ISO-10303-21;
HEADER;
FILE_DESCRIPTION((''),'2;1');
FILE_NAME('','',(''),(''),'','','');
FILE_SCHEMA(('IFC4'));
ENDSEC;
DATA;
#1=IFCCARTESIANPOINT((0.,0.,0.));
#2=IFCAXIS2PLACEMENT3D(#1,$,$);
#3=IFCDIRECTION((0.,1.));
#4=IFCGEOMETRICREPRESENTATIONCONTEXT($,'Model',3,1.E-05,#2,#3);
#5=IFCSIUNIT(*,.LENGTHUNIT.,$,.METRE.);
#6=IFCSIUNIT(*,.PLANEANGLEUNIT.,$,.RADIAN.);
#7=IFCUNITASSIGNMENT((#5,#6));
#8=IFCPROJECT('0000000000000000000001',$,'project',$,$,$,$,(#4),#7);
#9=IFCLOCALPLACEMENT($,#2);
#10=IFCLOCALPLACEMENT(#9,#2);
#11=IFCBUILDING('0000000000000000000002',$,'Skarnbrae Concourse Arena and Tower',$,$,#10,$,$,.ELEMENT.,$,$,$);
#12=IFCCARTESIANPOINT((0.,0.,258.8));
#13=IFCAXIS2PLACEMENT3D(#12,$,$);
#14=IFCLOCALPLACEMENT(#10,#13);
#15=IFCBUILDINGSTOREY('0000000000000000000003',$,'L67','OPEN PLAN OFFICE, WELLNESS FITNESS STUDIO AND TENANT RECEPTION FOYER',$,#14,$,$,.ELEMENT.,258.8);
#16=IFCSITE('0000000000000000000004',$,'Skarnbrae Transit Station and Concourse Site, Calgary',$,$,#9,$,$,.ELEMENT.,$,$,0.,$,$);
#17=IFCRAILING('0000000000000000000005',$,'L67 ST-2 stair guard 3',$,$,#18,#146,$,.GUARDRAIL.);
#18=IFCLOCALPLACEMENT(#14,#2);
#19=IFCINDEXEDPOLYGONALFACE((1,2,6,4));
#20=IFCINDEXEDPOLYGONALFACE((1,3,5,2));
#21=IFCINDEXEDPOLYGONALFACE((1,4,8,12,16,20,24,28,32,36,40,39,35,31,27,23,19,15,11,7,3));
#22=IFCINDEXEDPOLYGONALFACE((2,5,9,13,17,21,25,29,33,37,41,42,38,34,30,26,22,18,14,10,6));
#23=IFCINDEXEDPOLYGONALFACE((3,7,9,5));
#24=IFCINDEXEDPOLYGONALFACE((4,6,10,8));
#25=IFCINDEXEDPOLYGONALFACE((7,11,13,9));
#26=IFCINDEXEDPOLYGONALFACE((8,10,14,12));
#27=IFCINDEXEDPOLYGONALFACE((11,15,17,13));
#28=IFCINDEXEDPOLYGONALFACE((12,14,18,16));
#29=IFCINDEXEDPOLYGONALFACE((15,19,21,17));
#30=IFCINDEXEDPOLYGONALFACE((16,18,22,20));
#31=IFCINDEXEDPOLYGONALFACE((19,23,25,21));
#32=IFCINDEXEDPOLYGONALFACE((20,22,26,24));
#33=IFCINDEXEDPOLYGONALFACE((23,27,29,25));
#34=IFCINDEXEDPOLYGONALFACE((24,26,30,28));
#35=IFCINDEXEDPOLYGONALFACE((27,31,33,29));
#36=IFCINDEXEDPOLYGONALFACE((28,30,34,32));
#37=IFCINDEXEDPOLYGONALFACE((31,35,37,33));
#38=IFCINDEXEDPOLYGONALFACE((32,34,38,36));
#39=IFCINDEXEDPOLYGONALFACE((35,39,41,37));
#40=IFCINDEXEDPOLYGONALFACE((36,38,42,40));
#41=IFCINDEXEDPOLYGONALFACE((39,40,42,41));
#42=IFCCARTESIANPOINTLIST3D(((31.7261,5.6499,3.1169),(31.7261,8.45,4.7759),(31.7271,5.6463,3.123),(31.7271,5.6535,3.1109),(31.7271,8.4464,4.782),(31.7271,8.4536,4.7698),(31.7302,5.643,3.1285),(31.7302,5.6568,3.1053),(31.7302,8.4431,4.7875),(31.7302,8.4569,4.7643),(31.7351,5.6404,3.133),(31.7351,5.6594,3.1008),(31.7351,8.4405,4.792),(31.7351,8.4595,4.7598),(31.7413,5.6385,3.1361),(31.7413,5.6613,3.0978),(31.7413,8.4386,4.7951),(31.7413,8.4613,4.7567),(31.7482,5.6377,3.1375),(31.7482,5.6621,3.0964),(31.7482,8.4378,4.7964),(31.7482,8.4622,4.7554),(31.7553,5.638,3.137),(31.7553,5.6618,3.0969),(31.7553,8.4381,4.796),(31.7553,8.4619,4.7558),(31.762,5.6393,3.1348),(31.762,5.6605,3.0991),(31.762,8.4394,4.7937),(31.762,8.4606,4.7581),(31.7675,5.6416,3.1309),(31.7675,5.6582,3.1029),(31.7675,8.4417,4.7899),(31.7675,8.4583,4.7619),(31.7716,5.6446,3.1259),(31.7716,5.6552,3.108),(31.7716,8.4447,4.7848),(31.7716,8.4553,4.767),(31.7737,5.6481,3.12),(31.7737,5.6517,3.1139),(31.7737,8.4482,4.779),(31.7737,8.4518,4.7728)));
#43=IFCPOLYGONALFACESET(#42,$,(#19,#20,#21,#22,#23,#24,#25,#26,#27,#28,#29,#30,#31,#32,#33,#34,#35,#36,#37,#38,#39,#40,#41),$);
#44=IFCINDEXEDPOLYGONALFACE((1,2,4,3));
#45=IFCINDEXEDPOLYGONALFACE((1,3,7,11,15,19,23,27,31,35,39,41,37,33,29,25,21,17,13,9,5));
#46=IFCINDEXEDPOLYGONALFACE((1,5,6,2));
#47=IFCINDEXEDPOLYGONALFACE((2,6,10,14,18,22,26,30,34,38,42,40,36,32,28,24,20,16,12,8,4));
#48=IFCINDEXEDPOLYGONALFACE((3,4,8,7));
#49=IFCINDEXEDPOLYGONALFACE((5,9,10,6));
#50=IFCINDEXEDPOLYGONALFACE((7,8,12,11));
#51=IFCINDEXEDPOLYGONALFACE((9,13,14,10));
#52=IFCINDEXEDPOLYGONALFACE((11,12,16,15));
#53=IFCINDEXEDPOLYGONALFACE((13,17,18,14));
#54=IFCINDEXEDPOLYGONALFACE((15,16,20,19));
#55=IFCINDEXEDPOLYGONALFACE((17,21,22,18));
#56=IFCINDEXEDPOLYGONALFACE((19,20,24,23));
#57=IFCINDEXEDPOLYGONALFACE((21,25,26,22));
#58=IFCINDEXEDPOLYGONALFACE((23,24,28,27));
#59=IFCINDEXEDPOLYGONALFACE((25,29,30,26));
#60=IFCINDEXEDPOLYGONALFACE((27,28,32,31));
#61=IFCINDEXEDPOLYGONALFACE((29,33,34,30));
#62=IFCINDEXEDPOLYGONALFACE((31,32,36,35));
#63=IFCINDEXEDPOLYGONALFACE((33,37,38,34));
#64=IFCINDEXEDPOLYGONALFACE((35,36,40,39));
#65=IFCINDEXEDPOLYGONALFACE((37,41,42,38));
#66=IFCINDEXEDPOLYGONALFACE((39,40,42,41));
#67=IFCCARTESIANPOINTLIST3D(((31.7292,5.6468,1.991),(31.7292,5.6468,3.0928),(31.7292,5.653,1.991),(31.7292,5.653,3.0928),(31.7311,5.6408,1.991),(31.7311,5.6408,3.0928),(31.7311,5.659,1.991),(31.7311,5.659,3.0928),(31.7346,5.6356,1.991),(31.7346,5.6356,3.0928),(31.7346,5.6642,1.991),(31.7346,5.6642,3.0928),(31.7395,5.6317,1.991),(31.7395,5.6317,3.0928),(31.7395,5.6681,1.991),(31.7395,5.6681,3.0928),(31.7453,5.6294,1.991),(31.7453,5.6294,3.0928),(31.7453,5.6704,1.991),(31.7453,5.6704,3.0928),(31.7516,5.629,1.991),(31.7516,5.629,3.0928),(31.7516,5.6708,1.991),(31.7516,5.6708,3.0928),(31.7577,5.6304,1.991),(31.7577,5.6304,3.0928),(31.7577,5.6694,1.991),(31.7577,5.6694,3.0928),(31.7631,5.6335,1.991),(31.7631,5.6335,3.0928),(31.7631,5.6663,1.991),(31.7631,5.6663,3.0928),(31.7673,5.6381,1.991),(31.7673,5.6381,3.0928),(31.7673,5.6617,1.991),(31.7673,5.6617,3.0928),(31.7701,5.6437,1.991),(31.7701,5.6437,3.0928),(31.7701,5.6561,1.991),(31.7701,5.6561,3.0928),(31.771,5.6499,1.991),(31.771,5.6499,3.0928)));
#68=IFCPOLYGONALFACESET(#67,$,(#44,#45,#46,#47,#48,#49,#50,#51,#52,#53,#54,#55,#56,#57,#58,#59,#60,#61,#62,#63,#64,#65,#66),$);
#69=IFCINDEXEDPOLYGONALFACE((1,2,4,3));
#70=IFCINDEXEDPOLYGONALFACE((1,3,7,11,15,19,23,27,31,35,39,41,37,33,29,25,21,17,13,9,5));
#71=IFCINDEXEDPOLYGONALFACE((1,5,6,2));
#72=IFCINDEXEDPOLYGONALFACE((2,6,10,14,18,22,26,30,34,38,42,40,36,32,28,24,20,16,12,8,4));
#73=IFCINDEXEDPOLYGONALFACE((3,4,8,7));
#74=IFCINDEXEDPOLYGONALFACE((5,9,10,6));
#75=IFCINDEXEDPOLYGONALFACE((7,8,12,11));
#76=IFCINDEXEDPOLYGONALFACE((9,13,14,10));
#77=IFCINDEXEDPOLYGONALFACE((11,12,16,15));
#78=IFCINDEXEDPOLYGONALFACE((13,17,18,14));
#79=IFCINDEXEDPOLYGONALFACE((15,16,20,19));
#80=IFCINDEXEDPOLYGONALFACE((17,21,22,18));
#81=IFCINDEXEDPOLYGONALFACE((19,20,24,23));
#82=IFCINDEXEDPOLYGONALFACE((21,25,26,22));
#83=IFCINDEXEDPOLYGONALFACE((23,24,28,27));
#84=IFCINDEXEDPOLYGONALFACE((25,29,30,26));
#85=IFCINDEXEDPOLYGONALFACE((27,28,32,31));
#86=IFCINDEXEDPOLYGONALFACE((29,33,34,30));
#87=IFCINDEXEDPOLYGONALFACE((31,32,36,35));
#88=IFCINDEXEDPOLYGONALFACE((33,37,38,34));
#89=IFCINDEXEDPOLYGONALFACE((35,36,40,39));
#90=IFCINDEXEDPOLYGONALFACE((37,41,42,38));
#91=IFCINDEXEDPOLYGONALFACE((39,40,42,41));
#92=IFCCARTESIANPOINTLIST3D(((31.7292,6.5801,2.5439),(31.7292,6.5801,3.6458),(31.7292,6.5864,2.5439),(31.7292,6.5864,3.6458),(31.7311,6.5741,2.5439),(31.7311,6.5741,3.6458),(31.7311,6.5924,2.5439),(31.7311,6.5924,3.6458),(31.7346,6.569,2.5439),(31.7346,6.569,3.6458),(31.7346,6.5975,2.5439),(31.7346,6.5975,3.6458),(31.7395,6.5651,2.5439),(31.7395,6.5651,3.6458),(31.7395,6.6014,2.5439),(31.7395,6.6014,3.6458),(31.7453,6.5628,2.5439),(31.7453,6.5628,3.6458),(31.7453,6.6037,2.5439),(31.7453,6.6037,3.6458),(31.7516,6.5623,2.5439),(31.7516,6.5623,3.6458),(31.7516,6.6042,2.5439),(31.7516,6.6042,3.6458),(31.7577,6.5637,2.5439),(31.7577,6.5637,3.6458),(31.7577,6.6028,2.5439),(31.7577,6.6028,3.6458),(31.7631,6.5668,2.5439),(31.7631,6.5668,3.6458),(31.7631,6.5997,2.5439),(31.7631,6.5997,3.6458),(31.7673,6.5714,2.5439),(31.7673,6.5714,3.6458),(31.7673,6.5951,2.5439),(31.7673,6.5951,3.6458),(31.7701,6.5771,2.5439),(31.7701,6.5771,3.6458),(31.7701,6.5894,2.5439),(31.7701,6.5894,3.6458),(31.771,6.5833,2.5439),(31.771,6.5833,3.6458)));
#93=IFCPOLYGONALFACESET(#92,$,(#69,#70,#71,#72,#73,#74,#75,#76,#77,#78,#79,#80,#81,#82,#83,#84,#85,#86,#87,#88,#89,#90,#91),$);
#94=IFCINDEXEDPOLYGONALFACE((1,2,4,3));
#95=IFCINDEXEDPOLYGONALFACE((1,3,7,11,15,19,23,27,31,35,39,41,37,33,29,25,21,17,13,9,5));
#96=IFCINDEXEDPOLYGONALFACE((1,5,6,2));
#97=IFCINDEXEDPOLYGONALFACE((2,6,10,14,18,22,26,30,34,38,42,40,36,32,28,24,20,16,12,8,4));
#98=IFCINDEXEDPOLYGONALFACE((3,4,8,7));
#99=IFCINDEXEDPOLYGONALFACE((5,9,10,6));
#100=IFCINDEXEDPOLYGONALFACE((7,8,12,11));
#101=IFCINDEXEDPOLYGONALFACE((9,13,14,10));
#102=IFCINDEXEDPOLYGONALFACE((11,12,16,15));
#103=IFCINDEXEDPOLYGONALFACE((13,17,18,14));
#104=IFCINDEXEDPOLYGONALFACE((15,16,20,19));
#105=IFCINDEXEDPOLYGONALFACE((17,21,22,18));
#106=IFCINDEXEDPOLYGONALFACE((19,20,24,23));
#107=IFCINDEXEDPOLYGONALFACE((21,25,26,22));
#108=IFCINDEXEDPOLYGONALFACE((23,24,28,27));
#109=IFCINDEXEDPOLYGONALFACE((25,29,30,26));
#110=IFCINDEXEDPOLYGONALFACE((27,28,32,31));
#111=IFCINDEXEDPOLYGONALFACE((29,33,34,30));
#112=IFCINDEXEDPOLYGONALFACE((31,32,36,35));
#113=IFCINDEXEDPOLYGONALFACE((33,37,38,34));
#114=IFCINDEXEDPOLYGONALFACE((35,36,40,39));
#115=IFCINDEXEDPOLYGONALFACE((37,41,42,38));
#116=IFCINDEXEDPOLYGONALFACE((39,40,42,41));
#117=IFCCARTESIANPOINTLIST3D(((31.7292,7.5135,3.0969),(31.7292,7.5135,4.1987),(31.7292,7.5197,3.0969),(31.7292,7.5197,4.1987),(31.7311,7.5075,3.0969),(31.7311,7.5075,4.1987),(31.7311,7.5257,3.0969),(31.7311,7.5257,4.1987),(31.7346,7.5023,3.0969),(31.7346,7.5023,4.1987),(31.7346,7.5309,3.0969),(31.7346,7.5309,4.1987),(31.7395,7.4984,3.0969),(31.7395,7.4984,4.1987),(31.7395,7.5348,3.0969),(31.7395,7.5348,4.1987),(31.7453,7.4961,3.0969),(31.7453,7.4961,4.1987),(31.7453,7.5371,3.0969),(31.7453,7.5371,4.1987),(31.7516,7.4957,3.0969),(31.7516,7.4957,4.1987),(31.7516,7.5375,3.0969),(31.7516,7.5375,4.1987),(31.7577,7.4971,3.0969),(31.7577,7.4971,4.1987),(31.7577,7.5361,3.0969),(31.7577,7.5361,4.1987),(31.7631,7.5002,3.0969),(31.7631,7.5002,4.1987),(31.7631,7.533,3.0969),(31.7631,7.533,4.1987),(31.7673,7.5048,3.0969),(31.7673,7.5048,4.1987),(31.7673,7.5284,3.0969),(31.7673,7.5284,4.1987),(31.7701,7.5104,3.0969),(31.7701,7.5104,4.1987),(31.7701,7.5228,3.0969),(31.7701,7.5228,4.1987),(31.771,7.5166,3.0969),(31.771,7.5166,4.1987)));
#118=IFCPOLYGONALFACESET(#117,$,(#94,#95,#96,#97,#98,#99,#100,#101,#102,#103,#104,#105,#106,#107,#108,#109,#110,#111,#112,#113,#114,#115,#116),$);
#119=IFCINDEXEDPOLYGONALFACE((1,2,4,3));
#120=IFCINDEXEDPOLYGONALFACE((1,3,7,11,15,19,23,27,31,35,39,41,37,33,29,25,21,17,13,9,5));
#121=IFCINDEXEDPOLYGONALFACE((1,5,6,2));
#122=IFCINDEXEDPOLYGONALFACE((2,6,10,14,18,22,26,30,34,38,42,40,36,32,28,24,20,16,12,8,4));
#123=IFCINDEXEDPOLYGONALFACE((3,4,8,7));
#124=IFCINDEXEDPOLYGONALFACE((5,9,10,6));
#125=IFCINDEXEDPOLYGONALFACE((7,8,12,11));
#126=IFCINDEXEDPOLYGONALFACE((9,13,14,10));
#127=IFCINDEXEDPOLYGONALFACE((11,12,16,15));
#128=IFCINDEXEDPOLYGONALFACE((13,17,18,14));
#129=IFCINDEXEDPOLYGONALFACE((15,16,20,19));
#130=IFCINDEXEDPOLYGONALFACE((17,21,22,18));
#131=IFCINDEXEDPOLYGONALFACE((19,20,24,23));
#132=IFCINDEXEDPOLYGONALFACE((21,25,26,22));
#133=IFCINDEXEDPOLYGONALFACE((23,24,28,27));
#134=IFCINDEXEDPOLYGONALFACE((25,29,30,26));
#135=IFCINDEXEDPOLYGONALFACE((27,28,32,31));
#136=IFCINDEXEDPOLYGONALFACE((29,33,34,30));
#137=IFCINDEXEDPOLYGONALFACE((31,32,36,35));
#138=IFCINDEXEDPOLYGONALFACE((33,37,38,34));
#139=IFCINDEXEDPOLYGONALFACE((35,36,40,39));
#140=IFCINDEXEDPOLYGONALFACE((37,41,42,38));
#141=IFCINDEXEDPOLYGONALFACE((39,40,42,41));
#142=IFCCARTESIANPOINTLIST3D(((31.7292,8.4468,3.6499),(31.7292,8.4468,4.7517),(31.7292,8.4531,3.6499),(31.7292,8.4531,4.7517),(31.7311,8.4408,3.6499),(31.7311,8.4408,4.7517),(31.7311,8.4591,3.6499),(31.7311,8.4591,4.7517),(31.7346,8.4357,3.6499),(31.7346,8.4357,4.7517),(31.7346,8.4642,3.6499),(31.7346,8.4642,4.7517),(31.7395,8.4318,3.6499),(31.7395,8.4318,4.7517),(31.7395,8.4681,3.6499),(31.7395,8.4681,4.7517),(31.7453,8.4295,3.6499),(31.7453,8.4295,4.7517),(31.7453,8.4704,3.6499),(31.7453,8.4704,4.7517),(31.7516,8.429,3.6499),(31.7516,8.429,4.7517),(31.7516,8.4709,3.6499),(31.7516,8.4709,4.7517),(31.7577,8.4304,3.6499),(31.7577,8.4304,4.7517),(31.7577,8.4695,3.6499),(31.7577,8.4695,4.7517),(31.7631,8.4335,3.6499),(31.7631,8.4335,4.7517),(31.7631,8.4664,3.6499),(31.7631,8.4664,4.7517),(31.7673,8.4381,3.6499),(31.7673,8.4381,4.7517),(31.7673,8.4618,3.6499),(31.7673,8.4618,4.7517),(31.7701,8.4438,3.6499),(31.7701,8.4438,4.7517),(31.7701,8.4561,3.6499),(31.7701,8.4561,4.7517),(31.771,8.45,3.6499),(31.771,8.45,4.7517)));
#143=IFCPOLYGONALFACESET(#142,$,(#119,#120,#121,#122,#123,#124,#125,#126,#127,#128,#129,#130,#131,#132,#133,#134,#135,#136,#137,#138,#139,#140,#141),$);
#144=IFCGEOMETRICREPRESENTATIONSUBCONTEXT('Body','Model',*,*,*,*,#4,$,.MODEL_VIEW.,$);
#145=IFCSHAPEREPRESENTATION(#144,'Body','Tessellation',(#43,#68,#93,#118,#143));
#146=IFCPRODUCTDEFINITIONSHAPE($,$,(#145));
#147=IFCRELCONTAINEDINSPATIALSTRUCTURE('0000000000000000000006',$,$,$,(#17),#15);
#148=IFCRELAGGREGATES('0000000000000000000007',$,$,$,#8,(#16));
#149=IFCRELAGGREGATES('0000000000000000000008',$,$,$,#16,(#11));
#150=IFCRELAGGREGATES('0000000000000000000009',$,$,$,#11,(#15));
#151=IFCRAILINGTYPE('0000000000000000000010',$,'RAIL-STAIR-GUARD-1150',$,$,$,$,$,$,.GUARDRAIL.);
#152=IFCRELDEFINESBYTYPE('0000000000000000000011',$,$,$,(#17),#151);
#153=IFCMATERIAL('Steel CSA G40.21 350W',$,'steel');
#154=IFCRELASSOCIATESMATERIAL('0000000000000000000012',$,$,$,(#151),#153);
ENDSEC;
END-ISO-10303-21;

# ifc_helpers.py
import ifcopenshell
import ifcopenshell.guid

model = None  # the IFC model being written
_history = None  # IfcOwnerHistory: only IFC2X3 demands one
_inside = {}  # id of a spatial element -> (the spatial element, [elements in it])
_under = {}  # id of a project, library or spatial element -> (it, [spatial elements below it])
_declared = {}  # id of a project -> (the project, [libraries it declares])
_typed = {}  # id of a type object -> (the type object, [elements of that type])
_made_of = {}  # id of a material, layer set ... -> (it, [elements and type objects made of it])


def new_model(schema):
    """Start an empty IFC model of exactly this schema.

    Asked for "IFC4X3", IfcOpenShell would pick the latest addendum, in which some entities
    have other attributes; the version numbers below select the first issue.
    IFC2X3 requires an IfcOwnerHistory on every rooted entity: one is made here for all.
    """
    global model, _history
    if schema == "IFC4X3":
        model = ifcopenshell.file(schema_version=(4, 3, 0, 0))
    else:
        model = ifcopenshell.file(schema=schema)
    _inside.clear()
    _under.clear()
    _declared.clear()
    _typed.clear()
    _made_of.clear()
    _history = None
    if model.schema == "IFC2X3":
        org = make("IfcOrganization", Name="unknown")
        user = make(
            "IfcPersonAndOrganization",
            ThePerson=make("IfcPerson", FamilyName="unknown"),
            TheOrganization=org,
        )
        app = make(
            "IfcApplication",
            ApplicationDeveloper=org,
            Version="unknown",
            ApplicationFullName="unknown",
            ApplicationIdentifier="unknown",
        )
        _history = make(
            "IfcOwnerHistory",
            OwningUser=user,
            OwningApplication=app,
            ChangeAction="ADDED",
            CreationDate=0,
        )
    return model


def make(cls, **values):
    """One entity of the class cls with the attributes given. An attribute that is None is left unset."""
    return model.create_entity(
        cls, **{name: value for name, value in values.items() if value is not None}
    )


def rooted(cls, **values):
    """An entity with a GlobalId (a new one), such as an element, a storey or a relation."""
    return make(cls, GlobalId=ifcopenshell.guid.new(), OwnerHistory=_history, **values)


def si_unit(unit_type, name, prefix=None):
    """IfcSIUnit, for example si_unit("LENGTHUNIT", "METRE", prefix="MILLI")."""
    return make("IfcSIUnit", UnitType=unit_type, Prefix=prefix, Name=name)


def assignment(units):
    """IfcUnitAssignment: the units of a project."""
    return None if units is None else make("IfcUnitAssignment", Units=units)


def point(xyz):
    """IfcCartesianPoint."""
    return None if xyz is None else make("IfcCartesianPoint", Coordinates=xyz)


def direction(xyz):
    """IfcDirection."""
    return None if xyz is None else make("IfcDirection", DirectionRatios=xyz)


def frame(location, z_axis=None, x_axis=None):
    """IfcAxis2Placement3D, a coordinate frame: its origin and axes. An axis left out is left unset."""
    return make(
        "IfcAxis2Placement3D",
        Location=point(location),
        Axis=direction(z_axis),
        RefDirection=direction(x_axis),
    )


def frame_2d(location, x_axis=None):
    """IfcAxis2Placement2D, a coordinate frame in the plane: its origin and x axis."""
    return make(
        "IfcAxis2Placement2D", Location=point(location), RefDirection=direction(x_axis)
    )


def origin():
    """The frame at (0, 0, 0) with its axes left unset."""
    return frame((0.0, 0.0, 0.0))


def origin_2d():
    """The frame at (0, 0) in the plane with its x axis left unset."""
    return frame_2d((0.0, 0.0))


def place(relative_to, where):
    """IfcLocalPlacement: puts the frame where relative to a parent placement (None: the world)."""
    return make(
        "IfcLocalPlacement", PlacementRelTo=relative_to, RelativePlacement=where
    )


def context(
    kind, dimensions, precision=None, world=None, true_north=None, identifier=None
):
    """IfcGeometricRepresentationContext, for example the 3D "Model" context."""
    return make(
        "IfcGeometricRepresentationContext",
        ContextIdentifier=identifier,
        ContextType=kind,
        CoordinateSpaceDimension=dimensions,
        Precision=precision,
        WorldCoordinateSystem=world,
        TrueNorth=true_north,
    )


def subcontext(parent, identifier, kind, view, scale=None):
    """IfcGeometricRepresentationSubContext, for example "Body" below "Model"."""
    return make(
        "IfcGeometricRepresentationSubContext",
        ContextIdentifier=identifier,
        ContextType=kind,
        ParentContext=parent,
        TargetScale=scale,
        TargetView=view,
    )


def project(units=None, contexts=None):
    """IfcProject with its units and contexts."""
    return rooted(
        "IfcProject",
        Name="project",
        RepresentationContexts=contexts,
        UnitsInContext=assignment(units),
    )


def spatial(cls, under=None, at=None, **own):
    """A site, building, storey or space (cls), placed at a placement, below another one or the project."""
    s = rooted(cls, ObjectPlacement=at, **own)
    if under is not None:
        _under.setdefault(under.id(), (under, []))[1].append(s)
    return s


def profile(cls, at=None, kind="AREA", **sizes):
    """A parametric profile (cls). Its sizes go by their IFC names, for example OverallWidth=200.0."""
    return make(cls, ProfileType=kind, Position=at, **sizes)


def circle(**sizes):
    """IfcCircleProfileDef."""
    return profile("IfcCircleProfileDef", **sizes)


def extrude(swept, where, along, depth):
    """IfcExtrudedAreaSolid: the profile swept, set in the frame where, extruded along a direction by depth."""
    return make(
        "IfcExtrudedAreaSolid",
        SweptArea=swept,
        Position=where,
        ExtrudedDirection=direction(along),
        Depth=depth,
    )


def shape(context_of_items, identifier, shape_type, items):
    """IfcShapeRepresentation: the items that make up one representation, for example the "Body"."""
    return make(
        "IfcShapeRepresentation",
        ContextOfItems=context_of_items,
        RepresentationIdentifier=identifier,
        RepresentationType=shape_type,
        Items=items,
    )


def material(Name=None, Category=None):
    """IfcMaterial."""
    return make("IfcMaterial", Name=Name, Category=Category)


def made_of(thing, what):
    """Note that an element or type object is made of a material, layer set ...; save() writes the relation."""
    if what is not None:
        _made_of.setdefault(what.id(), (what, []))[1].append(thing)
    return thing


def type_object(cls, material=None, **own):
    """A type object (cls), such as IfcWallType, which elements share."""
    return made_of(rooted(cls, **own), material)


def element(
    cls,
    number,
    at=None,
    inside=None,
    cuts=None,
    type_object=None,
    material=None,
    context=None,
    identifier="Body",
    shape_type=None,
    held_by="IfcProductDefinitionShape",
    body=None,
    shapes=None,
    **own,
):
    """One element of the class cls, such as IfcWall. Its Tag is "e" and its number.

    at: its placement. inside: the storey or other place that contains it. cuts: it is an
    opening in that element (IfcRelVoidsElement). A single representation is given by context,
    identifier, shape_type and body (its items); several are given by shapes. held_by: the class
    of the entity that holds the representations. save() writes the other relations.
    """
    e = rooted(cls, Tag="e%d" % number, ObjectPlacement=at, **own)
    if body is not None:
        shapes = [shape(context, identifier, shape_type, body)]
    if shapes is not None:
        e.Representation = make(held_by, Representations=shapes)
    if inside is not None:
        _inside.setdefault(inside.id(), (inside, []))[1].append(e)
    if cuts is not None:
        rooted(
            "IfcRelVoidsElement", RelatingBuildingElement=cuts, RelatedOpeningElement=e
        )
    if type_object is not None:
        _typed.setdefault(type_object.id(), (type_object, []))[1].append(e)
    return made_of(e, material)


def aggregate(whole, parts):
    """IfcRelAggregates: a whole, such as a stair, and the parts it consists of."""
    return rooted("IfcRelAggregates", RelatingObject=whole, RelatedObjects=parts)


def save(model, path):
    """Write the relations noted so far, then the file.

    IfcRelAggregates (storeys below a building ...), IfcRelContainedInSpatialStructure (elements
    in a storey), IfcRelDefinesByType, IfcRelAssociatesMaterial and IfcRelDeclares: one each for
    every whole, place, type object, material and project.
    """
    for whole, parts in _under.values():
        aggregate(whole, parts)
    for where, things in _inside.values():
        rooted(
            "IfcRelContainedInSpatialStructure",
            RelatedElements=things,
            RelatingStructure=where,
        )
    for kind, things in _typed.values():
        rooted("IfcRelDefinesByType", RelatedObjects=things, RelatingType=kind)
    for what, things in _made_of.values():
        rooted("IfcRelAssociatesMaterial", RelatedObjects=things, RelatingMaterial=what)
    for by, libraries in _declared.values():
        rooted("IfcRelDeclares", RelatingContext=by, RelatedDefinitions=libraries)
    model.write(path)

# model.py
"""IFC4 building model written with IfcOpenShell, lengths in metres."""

from ifc_helpers import new_model, si_unit, direction, frame, origin, origin_2d, place, context, subcontext, project, spatial, circle, extrude, material, type_object, element, save


model = new_model("IFC4")

# Units and contexts
model_context = context("Model", 3, precision=1e-05, world=origin(), true_north=direction((0.0, 1.0)))
body_context = subcontext(model_context, "Body", "Model", "MODEL_VIEW")
ifc_project = project(units=[si_unit("LENGTHUNIT", "METRE"), si_unit("PLANEANGLEUNIT", "RADIAN")], contexts=[model_context])

# Site, building, storey
site_placement = place(None, origin())
site = spatial("IfcSite", under=ifc_project, at=site_placement, Name="Skarnbrae Transit Station and Concourse Site, Calgary", CompositionType="ELEMENT", RefElevation=0.0)
building_placement = place(site_placement, origin())
building = spatial("IfcBuilding", under=site, at=building_placement, Name="Skarnbrae Concourse Arena and Tower", CompositionType="ELEMENT")
storey_placement = place(building_placement, frame((0.0, 0.0, 258.8)))
storey = spatial("IfcBuildingStorey", under=building, at=storey_placement, Name="L67", Description="OPEN PLAN OFFICE, WELLNESS FITNESS STUDIO AND TENANT RECEPTION FOYER", CompositionType="ELEMENT", Elevation=258.8)

# Shared definitions
ifc_material_1 = material(Name="Steel CSA G40.21 350W", Category="steel")

# Railing
railing_type_1 = type_object("IfcRailingType", Name="RAIL-STAIR-GUARD-1150", PredefinedType="GUARDRAIL", material=ifc_material_1)
railing_1_placement = place(storey_placement, frame((31.75, 5.6499, 1.991)))
element("IfcRailing", 1, at=railing_1_placement, inside=storey, type_object=railing_type_1, Name="L67 ST-2 stair guard 3", PredefinedType="GUARDRAIL", context=body_context, shape_type="SweptSolid", body=[
    extrude(circle(Radius=0.0239, at=origin_2d()), frame((0.0, 0.0, 1.126), z_axis=(0.0, 0.860339, 0.509722), x_axis=(-1.0, 0.0, 0.0)), (0.0, 0.0, 1.0), 3.2546),
    extrude(circle(Radius=0.021, at=origin_2d()), origin(), (0.0, 0.0, 1.0), 1.1018),
    extrude(circle(Radius=0.021, at=origin_2d()), frame((0.0, 0.9333, 0.553)), (0.0, 0.0, 1.0), 1.1018),
    extrude(circle(Radius=0.021, at=origin_2d()), frame((0.0, 1.8667, 1.106)), (0.0, 0.0, 1.0), 1.1018),
    extrude(circle(Radius=0.021, at=origin_2d()), frame((0.0, 2.8, 1.6589)), (0.0, 0.0, 1.0), 1.1018),
])

save(model, "model.ifc")
